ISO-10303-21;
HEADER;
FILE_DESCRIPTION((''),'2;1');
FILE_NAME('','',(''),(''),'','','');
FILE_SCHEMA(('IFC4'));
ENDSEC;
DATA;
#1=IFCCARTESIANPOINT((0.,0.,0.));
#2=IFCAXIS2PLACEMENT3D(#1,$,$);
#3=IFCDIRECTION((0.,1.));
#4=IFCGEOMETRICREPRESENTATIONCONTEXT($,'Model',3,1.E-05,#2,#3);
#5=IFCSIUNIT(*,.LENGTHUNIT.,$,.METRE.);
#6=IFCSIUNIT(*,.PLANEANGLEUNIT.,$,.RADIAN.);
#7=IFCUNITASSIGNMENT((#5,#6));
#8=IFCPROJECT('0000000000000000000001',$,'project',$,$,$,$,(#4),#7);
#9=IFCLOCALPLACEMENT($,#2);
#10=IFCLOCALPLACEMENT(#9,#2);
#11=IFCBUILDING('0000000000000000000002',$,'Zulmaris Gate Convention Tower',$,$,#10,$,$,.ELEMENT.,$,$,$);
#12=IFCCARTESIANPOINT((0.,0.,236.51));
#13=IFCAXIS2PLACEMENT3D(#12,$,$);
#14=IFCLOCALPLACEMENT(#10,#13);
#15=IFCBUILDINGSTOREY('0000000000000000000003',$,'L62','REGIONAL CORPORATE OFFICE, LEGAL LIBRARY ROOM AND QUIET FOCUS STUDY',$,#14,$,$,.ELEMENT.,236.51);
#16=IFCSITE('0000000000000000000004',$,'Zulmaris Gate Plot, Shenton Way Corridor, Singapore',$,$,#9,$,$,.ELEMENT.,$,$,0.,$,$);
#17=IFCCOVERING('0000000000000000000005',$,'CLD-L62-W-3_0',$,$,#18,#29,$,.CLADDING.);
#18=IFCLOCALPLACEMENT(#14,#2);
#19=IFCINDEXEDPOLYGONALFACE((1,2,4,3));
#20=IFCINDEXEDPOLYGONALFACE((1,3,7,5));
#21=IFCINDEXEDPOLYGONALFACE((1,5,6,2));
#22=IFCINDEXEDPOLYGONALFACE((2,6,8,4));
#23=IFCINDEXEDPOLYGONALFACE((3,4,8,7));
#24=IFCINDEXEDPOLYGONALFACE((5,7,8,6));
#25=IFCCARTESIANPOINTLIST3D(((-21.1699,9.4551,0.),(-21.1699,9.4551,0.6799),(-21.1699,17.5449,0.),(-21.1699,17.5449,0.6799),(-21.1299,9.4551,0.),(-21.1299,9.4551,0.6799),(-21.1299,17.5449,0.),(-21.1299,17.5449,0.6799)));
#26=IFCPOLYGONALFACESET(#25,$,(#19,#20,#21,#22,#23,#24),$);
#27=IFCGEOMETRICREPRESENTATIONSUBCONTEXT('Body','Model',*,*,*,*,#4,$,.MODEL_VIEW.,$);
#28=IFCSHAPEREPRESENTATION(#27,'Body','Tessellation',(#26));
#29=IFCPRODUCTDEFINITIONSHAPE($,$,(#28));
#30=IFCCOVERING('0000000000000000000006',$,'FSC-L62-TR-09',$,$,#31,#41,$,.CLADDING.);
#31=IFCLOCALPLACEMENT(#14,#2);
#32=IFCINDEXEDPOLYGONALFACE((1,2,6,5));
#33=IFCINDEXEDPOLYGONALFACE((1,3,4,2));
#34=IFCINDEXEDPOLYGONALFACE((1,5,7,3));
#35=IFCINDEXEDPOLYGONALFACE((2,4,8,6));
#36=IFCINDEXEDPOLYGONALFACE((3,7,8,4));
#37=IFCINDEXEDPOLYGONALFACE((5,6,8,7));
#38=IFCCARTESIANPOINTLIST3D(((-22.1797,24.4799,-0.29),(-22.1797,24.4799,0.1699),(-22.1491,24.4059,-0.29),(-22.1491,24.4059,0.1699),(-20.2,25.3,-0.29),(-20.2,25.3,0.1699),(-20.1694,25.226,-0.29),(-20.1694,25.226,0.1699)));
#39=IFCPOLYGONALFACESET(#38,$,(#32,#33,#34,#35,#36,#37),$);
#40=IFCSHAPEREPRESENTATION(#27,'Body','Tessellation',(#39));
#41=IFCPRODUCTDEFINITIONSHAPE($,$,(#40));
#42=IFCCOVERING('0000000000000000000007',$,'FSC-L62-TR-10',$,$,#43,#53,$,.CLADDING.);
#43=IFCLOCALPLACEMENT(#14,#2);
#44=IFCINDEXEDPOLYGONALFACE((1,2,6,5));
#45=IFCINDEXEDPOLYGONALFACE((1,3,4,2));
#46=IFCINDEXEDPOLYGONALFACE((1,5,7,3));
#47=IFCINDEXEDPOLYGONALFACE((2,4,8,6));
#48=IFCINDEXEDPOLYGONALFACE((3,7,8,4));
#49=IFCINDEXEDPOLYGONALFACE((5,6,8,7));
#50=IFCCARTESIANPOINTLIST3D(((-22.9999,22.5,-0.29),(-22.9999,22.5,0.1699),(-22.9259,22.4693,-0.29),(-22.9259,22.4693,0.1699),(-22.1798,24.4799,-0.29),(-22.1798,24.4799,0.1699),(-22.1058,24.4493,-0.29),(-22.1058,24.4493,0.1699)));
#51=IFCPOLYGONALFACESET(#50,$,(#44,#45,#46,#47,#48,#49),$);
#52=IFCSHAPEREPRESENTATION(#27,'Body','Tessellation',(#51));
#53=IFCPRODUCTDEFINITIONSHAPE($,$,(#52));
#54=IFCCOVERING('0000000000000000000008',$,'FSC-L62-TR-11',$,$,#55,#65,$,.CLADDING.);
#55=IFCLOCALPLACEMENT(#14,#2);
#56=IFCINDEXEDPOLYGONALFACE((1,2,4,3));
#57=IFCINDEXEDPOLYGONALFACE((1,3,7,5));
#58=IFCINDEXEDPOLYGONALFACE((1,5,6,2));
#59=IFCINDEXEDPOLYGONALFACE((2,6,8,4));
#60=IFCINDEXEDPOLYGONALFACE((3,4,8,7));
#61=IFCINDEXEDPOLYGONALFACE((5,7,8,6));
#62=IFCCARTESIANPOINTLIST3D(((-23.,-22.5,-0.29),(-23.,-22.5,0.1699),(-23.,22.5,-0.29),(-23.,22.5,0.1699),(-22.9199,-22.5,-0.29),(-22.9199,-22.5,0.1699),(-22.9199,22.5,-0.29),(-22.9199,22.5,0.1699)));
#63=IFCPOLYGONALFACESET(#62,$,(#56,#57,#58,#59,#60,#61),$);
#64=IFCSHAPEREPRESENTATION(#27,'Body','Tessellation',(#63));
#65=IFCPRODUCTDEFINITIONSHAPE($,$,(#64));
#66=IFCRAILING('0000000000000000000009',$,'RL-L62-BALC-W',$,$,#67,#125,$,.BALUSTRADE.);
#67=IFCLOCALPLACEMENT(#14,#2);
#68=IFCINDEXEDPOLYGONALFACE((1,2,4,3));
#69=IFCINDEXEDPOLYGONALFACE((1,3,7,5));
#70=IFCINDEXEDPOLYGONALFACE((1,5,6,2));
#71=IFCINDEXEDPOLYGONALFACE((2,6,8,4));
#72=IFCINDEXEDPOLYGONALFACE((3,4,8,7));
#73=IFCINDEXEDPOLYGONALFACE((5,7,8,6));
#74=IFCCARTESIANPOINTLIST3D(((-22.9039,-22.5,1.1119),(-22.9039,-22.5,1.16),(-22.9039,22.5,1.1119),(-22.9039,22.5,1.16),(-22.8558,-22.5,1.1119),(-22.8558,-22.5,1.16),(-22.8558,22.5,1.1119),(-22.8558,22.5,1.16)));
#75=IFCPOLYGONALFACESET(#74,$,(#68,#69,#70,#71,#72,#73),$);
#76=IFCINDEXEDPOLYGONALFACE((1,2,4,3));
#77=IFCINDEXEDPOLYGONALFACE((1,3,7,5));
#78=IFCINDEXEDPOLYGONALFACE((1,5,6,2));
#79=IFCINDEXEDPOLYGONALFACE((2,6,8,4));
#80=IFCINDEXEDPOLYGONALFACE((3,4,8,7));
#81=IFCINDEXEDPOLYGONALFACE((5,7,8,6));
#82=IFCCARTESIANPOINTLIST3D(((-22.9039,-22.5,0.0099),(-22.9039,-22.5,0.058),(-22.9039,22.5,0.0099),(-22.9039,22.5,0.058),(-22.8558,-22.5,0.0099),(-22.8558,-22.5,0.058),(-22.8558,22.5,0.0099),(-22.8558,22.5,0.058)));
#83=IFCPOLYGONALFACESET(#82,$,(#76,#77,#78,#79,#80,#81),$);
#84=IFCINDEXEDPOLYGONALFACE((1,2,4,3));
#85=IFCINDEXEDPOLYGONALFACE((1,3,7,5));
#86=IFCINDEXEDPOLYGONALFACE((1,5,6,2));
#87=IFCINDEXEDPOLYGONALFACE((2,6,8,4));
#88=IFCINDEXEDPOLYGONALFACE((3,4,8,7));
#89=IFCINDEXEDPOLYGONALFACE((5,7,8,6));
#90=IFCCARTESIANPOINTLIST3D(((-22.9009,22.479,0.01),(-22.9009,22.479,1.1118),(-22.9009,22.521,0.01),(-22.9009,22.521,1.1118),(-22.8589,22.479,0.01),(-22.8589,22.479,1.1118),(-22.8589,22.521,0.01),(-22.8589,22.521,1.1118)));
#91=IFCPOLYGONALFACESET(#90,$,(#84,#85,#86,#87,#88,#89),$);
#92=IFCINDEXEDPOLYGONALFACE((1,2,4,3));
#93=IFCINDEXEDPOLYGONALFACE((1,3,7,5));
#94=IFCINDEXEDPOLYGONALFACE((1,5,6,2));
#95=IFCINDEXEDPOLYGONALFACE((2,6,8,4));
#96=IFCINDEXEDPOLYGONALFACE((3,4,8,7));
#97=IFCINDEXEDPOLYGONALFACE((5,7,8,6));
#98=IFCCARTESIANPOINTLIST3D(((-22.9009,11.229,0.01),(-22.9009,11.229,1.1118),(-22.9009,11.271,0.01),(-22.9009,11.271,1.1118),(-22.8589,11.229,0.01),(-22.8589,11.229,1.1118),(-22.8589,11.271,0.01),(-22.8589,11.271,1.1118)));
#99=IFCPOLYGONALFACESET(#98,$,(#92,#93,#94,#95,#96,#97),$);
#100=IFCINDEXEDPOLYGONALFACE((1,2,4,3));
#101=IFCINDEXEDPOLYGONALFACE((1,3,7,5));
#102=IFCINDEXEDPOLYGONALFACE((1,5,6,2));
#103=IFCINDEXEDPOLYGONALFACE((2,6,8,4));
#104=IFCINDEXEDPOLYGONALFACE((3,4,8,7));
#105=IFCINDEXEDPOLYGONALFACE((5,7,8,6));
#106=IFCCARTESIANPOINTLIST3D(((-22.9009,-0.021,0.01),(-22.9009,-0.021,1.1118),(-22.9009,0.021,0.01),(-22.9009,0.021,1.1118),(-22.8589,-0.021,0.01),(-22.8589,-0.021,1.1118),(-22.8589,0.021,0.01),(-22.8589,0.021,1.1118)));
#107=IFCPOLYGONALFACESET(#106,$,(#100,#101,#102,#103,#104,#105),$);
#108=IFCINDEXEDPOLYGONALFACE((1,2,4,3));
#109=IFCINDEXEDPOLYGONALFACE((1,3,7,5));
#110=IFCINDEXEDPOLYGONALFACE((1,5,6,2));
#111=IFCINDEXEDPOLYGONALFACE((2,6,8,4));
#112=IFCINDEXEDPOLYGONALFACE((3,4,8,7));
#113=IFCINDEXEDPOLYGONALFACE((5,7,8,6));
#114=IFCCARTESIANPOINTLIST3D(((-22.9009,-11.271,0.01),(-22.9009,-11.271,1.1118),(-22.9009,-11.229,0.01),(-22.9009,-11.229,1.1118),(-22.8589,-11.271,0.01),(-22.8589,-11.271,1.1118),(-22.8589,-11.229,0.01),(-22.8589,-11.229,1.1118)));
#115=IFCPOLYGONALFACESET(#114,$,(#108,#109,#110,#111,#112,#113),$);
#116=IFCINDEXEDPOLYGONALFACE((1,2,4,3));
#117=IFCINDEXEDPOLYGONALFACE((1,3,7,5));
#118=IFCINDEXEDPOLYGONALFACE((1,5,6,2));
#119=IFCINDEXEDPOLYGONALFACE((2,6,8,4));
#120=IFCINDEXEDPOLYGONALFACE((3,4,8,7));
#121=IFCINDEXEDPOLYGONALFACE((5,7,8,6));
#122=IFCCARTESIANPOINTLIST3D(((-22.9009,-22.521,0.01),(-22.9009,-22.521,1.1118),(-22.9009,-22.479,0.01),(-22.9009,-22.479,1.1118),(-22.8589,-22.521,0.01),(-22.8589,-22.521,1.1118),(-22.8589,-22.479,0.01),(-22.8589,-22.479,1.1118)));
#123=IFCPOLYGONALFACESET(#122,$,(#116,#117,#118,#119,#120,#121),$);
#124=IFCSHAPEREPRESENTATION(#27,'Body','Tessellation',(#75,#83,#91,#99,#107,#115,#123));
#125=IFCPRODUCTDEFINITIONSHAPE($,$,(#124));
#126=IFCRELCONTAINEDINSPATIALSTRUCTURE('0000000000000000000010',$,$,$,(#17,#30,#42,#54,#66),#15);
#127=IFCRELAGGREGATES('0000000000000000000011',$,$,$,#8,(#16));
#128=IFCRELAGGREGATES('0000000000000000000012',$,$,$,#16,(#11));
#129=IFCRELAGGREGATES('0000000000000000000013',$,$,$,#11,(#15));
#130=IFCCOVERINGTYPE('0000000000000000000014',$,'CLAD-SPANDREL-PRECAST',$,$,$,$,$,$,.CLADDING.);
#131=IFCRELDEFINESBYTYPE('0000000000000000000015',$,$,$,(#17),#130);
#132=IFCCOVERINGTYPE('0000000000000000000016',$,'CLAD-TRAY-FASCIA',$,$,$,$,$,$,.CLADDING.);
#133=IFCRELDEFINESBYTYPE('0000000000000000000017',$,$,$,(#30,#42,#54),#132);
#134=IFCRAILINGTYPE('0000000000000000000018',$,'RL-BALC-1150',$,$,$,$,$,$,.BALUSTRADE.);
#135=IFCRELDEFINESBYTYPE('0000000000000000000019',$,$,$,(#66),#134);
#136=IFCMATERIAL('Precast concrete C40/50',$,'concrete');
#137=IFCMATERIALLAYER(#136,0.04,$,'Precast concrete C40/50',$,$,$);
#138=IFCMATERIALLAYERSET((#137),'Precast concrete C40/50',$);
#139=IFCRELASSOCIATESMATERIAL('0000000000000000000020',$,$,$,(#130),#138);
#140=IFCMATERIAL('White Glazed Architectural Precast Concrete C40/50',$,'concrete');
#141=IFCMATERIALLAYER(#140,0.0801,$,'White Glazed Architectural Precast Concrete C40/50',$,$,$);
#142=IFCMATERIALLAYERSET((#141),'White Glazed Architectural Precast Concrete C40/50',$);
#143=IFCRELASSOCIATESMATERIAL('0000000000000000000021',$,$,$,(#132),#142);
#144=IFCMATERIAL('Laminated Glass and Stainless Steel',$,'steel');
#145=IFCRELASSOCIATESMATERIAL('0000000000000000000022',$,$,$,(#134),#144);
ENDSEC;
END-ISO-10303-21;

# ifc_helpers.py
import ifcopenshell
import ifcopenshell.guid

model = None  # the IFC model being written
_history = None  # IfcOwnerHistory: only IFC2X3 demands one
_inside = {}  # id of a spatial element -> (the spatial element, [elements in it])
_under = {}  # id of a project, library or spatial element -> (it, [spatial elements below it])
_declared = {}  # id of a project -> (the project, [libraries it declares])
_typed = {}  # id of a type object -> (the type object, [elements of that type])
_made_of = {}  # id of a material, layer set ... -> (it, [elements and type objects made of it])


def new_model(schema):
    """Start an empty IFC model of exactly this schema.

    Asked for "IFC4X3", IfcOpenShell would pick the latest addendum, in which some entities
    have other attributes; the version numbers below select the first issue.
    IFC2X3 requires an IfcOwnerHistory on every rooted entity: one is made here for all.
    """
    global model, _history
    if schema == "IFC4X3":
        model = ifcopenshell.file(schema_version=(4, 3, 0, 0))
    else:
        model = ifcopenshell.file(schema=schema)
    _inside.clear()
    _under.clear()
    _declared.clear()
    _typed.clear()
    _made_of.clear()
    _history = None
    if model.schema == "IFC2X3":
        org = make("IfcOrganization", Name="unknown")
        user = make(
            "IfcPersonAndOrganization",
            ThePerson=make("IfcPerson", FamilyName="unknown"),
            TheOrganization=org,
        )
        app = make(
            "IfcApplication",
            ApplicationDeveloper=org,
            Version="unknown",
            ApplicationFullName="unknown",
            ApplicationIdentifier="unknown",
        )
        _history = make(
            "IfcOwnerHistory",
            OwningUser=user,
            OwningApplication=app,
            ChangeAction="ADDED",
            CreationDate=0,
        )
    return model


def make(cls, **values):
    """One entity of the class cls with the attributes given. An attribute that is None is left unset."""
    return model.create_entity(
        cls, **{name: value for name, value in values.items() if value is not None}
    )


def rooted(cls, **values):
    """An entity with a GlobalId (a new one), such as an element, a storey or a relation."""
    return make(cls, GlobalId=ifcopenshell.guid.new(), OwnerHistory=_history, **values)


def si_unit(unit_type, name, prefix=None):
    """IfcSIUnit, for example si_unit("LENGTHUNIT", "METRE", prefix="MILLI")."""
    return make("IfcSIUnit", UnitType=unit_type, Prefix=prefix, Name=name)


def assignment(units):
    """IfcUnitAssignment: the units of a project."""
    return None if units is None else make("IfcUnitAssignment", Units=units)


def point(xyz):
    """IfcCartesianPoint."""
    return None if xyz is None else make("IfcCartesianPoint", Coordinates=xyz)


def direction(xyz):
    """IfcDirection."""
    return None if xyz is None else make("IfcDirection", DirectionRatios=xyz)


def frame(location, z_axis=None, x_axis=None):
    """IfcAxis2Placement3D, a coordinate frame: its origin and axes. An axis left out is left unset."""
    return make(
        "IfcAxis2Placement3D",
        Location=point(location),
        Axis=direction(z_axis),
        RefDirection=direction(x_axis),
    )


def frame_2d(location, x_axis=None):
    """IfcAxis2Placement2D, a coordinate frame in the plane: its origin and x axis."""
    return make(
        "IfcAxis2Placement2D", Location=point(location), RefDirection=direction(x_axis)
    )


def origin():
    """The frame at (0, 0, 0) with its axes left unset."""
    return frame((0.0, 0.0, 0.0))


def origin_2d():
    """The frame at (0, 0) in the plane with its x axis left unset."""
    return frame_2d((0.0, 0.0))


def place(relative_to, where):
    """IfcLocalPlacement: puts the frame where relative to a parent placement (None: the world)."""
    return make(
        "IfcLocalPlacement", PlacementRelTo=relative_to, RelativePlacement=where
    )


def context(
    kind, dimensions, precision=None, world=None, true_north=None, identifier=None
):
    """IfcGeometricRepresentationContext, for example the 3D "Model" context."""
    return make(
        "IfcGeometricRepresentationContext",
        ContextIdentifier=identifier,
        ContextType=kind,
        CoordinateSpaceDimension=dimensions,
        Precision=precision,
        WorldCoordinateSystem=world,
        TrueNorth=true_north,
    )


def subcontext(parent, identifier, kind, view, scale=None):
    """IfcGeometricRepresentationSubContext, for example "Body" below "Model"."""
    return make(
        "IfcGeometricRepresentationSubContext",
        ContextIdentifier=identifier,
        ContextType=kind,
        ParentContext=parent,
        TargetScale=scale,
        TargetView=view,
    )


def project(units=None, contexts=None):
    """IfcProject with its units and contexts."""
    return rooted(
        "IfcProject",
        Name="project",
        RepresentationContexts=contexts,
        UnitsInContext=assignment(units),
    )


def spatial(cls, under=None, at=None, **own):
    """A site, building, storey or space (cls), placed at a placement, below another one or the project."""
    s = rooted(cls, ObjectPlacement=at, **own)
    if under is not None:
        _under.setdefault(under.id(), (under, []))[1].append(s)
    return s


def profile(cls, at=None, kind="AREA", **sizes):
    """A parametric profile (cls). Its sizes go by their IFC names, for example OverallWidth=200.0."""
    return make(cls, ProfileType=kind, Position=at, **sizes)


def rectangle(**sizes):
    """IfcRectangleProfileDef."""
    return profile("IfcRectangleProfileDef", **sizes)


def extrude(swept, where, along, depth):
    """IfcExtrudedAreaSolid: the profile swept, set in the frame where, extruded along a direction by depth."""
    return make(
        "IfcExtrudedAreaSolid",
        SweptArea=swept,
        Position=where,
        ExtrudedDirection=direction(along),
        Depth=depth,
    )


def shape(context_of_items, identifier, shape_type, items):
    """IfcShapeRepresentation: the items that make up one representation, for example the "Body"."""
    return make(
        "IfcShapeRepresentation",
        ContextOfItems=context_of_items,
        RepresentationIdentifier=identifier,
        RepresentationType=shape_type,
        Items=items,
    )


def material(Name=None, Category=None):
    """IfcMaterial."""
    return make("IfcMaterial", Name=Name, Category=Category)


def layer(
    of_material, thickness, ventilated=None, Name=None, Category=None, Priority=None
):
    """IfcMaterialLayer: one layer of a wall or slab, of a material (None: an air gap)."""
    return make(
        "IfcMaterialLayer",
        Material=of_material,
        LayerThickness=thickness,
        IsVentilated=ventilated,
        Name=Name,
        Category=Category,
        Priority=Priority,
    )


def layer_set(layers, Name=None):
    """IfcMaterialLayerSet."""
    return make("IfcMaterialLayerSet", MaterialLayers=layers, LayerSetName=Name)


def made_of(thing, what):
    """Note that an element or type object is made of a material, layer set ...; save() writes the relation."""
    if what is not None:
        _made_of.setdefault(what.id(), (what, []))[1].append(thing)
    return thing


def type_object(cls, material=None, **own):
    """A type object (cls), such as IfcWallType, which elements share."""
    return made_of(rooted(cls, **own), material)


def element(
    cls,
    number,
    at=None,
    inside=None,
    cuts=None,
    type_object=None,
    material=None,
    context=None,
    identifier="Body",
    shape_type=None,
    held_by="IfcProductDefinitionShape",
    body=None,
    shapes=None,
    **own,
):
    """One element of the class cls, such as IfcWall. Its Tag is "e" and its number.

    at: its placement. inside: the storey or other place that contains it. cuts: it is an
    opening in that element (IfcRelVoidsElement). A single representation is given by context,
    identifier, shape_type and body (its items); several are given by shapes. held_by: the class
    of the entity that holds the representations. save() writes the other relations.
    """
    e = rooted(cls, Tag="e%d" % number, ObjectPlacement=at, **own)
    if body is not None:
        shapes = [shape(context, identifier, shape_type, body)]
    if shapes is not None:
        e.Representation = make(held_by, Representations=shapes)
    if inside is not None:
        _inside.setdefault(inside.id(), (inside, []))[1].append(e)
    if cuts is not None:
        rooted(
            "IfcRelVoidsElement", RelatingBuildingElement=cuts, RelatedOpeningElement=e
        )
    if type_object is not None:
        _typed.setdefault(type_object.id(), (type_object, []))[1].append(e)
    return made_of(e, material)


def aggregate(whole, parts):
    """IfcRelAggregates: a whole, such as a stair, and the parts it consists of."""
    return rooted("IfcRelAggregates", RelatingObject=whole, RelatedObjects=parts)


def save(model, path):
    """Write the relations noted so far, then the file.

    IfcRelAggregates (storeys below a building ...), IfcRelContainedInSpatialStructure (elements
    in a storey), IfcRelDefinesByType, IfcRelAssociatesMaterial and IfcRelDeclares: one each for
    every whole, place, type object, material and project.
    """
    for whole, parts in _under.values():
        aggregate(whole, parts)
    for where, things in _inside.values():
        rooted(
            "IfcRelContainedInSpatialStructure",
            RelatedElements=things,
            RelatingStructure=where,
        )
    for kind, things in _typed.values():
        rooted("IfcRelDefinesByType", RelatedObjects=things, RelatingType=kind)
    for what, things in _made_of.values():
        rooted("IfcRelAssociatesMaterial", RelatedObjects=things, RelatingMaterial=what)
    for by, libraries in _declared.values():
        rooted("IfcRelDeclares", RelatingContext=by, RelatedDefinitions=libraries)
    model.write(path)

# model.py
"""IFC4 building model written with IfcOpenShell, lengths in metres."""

from ifc_helpers import new_model, si_unit, direction, frame, frame_2d, origin, origin_2d, place, context, subcontext, project, spatial, rectangle, extrude, material, layer, layer_set, type_object, element, save


model = new_model("IFC4")

# Units and contexts
model_context = context("Model", 3, precision=1e-05, world=origin(), true_north=direction((0.0, 1.0)))
body_context = subcontext(model_context, "Body", "Model", "MODEL_VIEW")
ifc_project = project(units=[si_unit("LENGTHUNIT", "METRE"), si_unit("PLANEANGLEUNIT", "RADIAN")], contexts=[model_context])

# Site, building, storey
site_placement = place(None, origin())
site = spatial("IfcSite", under=ifc_project, at=site_placement, Name="Zulmaris Gate Plot, Shenton Way Corridor, Singapore", CompositionType="ELEMENT", RefElevation=0.0)
building_placement = place(site_placement, origin())
building = spatial("IfcBuilding", under=site, at=building_placement, Name="Zulmaris Gate Convention Tower", CompositionType="ELEMENT")
storey_placement = place(building_placement, frame((0.0, 0.0, 236.51)))
storey = spatial("IfcBuildingStorey", under=building, at=storey_placement, Name="L62", Description="REGIONAL CORPORATE OFFICE, LEGAL LIBRARY ROOM AND QUIET FOCUS STUDY", CompositionType="ELEMENT", Elevation=236.51)

# Shared definitions
ifc_material_1 = material(Name="Precast concrete C40/50", Category="concrete")

# Coverings
ifc_layer_1 = layer(ifc_material_1, 0.04, Name="Precast concrete C40/50")
ifc_layer_set_1 = layer_set([ifc_layer_1], Name="Precast concrete C40/50")
covering_type_1 = type_object("IfcCoveringType", Name="CLAD-SPANDREL-PRECAST", PredefinedType="CLADDING", material=ifc_layer_set_1)
covering_1_placement = place(storey_placement, frame((-21.1499, 17.5449, 0.0), z_axis=(0.0, 0.0, 1.0), x_axis=(0.0, -1.0, 0.0)))
element("IfcCovering", 1, at=covering_1_placement, inside=storey, type_object=covering_type_1, Name="CLD-L62-W-3_0", PredefinedType="CLADDING", context=body_context, shape_type="SweptSolid", body=[
    extrude(rectangle(XDim=8.0898, YDim=0.04, at=frame_2d((4.0449, 0.0))), origin(), (0.0, 0.0, 1.0), 0.6799),
])
ifc_material_2 = material(Name="White Glazed Architectural Precast Concrete C40/50", Category="concrete")
ifc_layer_2 = layer(ifc_material_2, 0.0801, Name="White Glazed Architectural Precast Concrete C40/50")
ifc_layer_set_2 = layer_set([ifc_layer_2], Name="White Glazed Architectural Precast Concrete C40/50")
covering_type_2 = type_object("IfcCoveringType", Name="CLAD-TRAY-FASCIA", PredefinedType="CLADDING", material=ifc_layer_set_2)
covering_2_placement = place(storey_placement, frame((-20.1848, 25.2629, -0.29), z_axis=(0.0, 0.0, 1.0), x_axis=(-0.923874, -0.382697, 0.0)))
element("IfcCovering", 2, at=covering_2_placement, inside=storey, type_object=covering_type_2, Name="FSC-L62-TR-09", PredefinedType="CLADDING", context=body_context, shape_type="SweptSolid", body=[
    extrude(rectangle(XDim=2.1428, YDim=0.0801, at=frame_2d((1.0713, 0.0))), origin(), (0.0, 0.0, 1.0), 0.46),
])
covering_3_placement = place(storey_placement, frame((-22.1428, 24.4646, -0.29), z_axis=(0.0, 0.0, 1.0), x_axis=(-0.382657, -0.92389, 0.0)))
element("IfcCovering", 3, at=covering_3_placement, inside=storey, type_object=covering_type_2, Name="FSC-L62-TR-10", PredefinedType="CLADDING", context=body_context, shape_type="SweptSolid", body=[
    extrude(rectangle(XDim=2.1431, YDim=0.0801, at=frame_2d((1.0715, 0.0))), origin(), (0.0, 0.0, 1.0), 0.46),
])
covering_4_placement = place(storey_placement, frame((-22.96, 22.5, -0.29), z_axis=(0.0, 0.0, 1.0), x_axis=(0.0, -1.0, 0.0)))
element("IfcCovering", 4, at=covering_4_placement, inside=storey, type_object=covering_type_2, Name="FSC-L62-TR-11", PredefinedType="CLADDING", context=body_context, shape_type="SweptSolid", body=[
    extrude(rectangle(XDim=45.0, YDim=0.0801, at=frame_2d((22.5, 0.0))), origin(), (0.0, 0.0, 1.0), 0.46),
])

# Railing
ifc_material_3 = material(Name="Laminated Glass and Stainless Steel", Category="steel")
railing_type = type_object("IfcRailingType", Name="RL-BALC-1150", PredefinedType="BALUSTRADE", material=ifc_material_3)
railing_placement = place(storey_placement, frame((-22.8799, 22.5, 0.01)))
element("IfcRailing", 5, at=railing_placement, inside=storey, type_object=railing_type, Name="RL-L62-BALC-W", PredefinedType="BALUSTRADE", context=body_context, shape_type="SweptSolid", body=[
    extrude(rectangle(XDim=0.0481, YDim=0.0481, at=origin_2d()), frame((0.0, 0.0, 1.126), z_axis=(0.0, -1.0, 0.0), x_axis=(1.0, 0.0, 0.0)), (0.0, 0.0, 1.0), 45.0),
    extrude(rectangle(XDim=0.0481, YDim=0.0481, at=origin_2d()), frame((0.0, 0.0, 0.0239), z_axis=(0.0, -1.0, 0.0), x_axis=(1.0, 0.0, 0.0)), (0.0, 0.0, 1.0), 45.0),
    extrude(rectangle(XDim=0.042, YDim=0.042, at=origin_2d()), origin(), (0.0, 0.0, 1.0), 1.1018),
    extrude(rectangle(XDim=0.042, YDim=0.042, at=origin_2d()), frame((0.0, -11.25, 0.0)), (0.0, 0.0, 1.0), 1.1018),
    extrude(rectangle(XDim=0.042, YDim=0.042, at=origin_2d()), frame((0.0, -22.5, 0.0)), (0.0, 0.0, 1.0), 1.1018),
    extrude(rectangle(XDim=0.042, YDim=0.042, at=origin_2d()), frame((0.0, -33.75, 0.0)), (0.0, 0.0, 1.0), 1.1018),
    extrude(rectangle(XDim=0.042, YDim=0.042, at=origin_2d()), frame((0.0, -45.0, 0.0)), (0.0, 0.0, 1.0), 1.1018),
])

save(model, "model.ifc")
